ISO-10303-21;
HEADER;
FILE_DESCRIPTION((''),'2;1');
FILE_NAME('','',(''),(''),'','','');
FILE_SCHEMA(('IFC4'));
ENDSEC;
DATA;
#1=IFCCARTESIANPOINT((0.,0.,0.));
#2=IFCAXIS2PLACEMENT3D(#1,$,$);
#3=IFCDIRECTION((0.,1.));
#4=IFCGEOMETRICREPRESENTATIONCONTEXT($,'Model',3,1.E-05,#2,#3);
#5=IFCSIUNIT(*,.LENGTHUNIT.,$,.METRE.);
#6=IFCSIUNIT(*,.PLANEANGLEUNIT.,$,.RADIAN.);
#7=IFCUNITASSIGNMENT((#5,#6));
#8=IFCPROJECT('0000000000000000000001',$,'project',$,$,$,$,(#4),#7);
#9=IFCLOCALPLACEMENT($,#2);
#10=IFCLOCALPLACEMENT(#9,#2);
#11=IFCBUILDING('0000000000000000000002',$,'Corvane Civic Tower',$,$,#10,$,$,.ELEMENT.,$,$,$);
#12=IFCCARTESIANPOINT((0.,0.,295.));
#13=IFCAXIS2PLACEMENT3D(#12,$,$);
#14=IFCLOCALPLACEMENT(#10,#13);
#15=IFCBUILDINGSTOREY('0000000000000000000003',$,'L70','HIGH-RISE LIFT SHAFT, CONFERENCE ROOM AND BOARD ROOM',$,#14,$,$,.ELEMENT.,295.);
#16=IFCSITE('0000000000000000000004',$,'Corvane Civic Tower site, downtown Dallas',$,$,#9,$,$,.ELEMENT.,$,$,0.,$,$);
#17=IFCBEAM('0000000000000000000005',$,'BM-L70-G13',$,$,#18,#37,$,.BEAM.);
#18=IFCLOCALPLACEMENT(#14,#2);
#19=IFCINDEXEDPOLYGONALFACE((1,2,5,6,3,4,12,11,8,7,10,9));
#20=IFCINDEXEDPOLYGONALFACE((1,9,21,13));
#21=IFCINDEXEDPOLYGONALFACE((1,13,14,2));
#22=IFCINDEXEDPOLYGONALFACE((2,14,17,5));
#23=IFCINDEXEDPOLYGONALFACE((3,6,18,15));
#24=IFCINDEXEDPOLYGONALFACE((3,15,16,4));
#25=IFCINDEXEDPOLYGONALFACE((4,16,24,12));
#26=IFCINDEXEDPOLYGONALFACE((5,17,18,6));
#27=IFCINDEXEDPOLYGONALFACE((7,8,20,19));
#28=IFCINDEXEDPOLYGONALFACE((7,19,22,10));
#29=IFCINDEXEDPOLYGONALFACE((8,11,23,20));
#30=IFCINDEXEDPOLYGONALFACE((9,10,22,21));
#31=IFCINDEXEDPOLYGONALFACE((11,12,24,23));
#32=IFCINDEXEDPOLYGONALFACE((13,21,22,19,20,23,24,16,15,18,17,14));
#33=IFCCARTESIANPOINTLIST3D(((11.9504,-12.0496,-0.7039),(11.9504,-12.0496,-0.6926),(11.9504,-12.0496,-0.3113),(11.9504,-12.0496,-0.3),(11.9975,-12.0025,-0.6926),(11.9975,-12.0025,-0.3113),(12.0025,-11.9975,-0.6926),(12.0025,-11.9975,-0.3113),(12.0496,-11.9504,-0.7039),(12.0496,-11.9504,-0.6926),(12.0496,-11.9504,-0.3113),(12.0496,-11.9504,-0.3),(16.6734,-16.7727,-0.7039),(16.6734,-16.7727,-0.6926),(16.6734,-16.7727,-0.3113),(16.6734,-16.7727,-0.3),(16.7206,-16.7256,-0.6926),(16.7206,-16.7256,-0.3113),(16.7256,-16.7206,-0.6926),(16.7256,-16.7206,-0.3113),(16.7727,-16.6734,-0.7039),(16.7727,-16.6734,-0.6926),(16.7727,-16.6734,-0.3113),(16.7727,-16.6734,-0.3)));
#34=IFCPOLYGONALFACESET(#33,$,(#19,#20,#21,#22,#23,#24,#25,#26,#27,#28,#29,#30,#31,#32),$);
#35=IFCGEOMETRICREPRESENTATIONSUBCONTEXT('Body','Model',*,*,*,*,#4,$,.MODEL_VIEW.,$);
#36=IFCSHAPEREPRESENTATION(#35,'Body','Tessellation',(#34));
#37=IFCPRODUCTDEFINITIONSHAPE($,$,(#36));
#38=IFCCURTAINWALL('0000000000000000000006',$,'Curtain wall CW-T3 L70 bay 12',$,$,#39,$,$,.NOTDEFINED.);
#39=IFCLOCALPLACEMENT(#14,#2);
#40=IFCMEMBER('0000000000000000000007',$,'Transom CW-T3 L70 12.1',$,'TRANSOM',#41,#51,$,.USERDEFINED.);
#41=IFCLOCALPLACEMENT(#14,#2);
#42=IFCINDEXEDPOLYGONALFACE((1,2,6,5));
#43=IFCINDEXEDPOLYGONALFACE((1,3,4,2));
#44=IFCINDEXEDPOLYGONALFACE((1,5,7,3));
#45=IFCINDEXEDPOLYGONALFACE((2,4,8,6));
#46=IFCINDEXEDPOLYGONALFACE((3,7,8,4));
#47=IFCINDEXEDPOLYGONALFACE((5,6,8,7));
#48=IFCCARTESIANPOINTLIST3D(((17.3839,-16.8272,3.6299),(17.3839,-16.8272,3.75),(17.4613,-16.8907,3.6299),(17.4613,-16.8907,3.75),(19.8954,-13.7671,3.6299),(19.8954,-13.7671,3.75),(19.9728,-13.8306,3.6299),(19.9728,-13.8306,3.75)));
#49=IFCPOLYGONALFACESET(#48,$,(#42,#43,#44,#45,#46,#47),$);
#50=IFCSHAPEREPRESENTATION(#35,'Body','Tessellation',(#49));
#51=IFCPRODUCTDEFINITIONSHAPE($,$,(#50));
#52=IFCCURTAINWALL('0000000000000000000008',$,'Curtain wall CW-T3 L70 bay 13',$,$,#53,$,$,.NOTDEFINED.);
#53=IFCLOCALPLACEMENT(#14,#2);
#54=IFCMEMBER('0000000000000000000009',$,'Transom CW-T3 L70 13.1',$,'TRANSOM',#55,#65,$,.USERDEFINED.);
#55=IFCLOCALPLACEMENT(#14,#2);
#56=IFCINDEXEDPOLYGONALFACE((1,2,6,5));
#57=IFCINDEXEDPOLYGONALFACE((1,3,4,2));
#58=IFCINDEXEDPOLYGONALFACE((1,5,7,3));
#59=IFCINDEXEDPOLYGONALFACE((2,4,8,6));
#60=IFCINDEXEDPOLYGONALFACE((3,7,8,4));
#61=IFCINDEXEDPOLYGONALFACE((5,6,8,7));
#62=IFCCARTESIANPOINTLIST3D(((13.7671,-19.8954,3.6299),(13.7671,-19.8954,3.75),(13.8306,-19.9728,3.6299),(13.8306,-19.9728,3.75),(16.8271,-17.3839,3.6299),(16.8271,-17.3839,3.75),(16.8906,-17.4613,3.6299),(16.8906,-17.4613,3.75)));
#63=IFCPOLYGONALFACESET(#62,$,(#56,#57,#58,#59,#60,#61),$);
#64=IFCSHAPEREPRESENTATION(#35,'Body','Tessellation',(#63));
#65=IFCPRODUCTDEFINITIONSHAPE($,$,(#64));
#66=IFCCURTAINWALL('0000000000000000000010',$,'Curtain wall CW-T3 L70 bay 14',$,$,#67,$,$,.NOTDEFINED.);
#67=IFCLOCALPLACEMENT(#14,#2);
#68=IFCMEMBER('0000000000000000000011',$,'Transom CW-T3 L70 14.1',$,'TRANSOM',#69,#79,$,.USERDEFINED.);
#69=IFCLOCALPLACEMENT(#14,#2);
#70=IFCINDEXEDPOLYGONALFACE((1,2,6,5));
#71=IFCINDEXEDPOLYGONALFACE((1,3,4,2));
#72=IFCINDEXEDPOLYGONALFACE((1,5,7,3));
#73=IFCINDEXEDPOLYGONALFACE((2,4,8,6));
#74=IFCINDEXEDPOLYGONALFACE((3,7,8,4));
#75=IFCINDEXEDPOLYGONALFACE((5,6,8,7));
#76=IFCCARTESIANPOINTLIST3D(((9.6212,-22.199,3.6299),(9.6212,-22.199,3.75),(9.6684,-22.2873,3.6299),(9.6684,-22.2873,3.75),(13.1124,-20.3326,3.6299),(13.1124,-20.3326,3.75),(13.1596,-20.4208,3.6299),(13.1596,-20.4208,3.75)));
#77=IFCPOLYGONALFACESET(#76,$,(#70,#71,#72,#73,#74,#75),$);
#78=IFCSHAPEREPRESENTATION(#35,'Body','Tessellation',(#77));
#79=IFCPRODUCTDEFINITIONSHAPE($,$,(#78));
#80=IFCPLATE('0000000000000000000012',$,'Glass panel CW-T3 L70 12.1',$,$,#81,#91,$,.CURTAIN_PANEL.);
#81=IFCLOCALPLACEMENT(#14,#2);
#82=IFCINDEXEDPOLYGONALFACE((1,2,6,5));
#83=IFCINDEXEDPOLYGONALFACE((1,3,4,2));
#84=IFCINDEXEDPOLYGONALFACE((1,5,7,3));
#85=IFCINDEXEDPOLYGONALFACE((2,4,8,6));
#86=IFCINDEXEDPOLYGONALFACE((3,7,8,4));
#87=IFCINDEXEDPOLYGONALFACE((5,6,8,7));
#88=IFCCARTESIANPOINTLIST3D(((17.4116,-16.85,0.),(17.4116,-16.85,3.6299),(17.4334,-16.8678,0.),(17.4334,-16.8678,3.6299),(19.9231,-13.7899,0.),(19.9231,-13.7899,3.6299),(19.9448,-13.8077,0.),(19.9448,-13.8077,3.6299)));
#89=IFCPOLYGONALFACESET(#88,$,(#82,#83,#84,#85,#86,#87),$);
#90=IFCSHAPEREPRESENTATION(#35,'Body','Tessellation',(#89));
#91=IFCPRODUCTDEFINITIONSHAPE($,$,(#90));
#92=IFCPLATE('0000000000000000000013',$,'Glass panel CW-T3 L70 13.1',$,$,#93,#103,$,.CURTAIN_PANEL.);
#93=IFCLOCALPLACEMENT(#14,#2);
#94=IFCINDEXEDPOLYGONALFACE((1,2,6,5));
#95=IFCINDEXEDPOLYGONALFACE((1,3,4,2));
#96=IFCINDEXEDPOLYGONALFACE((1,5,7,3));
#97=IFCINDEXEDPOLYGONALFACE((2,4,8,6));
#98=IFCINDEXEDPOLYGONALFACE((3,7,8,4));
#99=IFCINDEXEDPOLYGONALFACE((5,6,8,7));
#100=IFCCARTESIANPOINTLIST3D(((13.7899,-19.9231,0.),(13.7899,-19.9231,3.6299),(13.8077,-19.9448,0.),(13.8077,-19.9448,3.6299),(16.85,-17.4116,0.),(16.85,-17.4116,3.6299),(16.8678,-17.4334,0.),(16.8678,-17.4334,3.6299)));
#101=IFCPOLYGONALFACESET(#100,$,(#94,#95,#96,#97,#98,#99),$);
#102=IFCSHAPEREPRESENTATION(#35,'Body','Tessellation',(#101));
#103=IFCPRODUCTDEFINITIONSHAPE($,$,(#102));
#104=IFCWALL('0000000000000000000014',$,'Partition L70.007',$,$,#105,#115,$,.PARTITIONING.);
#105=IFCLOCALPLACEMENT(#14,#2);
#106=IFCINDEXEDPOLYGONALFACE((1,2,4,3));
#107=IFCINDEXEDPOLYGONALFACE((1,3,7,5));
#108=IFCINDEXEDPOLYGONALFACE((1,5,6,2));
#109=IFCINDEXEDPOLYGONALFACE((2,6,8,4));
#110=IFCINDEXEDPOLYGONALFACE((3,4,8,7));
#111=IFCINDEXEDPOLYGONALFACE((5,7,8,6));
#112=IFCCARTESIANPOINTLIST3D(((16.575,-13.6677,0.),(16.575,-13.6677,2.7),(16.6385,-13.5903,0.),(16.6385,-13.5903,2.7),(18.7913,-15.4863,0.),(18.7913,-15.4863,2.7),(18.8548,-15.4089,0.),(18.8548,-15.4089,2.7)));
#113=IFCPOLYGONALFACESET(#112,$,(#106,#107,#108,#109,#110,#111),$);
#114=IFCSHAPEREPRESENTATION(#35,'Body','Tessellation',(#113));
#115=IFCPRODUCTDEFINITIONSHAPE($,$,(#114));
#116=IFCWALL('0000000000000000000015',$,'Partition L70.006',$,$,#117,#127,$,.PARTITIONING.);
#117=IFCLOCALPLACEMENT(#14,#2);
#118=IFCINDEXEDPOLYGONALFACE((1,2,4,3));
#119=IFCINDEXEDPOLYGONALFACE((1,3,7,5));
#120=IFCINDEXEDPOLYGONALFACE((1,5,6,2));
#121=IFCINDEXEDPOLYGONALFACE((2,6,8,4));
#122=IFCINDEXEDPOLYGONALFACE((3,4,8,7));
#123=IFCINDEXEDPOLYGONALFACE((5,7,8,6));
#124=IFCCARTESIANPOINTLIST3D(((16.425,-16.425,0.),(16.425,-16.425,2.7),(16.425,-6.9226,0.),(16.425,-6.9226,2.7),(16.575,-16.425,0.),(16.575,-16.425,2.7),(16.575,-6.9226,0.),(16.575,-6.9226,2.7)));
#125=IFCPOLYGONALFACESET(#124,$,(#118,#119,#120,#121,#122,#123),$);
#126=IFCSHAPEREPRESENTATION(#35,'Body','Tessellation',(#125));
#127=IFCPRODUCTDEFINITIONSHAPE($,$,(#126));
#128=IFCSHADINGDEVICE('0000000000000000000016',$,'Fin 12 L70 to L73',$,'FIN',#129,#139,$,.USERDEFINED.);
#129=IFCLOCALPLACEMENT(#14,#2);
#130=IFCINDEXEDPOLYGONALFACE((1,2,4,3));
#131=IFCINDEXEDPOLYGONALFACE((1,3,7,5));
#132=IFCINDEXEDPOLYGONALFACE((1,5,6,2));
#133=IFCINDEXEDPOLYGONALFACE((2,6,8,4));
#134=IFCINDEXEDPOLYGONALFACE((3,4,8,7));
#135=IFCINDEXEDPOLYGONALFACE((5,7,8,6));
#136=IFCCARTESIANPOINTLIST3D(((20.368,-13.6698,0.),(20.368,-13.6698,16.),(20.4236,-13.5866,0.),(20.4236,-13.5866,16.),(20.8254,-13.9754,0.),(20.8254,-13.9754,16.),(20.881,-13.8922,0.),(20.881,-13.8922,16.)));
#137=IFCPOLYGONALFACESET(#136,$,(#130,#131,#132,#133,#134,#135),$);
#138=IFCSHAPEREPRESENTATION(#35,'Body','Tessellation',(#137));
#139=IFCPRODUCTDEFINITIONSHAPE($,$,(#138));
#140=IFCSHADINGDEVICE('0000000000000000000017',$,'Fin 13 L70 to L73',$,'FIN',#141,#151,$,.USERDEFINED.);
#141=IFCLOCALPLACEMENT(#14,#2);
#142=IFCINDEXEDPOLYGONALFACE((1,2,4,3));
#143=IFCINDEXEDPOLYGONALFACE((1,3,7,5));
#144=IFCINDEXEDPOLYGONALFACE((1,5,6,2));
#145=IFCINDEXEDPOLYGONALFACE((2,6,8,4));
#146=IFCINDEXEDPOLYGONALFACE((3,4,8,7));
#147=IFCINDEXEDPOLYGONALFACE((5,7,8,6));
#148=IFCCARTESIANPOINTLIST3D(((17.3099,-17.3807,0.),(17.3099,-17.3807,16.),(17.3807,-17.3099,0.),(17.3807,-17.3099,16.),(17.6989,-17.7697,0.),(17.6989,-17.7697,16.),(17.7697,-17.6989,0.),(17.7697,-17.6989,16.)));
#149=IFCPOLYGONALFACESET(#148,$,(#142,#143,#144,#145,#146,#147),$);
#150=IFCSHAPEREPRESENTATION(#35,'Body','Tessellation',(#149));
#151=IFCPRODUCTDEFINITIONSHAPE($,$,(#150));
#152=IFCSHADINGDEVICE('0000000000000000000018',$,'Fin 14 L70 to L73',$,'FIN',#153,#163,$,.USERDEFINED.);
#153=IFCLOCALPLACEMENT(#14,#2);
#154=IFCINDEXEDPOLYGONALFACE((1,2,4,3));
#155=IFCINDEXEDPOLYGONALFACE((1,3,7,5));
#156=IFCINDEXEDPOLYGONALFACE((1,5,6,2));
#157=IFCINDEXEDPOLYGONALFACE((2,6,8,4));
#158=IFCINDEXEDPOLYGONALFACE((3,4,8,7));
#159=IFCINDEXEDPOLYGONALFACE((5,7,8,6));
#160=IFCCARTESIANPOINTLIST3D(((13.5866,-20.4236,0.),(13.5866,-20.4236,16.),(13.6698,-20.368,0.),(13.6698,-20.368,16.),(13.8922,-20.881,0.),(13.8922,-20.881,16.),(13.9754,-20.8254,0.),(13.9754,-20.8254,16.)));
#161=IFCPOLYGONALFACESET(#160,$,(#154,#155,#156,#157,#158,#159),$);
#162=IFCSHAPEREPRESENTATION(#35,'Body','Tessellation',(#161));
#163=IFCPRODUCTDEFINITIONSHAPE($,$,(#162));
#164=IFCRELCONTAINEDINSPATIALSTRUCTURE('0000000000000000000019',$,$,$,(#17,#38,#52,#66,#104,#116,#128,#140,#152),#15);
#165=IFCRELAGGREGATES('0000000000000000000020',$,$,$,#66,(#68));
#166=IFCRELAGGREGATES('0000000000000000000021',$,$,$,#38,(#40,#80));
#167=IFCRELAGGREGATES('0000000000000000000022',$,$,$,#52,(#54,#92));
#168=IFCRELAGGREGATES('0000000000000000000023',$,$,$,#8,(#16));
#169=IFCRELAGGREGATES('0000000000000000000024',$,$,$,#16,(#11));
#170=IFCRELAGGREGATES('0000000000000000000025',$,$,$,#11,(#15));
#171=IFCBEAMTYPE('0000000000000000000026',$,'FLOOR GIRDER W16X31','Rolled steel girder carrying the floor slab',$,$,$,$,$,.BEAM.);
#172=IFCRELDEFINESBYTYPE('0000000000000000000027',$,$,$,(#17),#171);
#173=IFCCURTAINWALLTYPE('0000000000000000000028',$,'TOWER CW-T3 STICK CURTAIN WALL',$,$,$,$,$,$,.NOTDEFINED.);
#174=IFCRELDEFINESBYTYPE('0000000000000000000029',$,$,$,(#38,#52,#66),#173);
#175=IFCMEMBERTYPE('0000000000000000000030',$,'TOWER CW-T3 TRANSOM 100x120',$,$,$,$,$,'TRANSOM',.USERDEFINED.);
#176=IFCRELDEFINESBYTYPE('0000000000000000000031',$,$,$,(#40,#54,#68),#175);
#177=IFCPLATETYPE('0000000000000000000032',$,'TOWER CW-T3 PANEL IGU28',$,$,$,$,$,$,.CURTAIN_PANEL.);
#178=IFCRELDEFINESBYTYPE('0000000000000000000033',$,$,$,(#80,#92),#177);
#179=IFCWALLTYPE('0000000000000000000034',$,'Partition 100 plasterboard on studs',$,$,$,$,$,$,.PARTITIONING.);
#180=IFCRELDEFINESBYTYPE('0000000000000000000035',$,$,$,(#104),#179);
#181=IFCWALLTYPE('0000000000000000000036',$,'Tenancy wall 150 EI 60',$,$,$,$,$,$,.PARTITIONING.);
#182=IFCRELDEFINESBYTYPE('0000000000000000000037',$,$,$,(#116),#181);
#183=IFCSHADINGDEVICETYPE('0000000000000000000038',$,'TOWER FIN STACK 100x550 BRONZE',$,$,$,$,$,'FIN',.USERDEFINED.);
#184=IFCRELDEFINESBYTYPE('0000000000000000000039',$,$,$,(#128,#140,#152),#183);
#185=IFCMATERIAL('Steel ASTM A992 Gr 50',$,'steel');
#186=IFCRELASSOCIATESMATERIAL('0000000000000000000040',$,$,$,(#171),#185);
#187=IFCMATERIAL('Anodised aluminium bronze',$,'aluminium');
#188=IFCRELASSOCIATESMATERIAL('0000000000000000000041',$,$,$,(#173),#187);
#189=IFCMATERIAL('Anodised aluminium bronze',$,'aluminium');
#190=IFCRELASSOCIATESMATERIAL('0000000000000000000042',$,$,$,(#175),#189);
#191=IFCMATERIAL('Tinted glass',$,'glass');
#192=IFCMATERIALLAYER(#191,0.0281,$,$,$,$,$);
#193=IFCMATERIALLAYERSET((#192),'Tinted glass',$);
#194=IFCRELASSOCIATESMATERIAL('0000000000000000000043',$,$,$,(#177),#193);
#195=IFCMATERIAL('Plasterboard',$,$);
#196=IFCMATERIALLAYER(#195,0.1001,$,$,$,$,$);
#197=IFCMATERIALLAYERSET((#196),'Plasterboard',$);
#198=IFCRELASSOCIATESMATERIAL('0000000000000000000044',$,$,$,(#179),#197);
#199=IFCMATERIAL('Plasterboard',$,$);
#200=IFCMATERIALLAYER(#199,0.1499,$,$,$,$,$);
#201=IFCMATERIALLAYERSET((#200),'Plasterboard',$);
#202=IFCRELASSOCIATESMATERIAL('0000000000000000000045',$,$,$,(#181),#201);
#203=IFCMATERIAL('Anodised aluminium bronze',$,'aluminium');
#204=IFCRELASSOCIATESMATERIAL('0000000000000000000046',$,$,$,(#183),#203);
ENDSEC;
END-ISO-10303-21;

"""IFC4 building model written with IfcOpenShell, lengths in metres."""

from ifc_helpers import new_model, si_unit, direction, frame, frame_2d, origin, origin_2d, place, context, subcontext, project, spatial, rectangle, i_section, extrude, material, layer, layer_set, material_profile, profile_set, type_object, element, aggregate, save


model = new_model("IFC4")

# Units and contexts
model_context = context("Model", 3, precision=1e-05, world=origin(), true_north=direction((0.0, 1.0)))
body_context = subcontext(model_context, "Body", "Model", "MODEL_VIEW")
ifc_project = project(units=[si_unit("LENGTHUNIT", "METRE"), si_unit("PLANEANGLEUNIT", "RADIAN")], contexts=[model_context])

# Site, building, storey
site_placement = place(None, origin())
site = spatial("IfcSite", under=ifc_project, at=site_placement, Name="Corvane Civic Tower site, downtown Dallas", CompositionType="ELEMENT", RefElevation=0.0)
building_placement = place(site_placement, origin())
building = spatial("IfcBuilding", under=site, at=building_placement, Name="Corvane Civic Tower", CompositionType="ELEMENT")
storey_placement = place(building_placement, frame((0.0, 0.0, 295.0)))
storey = spatial("IfcBuildingStorey", under=building, at=storey_placement, Name="L70", Description="HIGH-RISE LIFT SHAFT, CONFERENCE ROOM AND BOARD ROOM", CompositionType="ELEMENT", Elevation=295.0)

# Beam
ifc_material_1 = material(Name="Steel ASTM A992 Gr 50", Category="steel")
ifc_material_profile_1 = material_profile(ifc_material_1, i_section(OverallWidth=0.1404, OverallDepth=0.4038, WebThickness=0.0071, FlangeThickness=0.0112, at=origin_2d()), Name="W16X31")
ifc_profile_set_1 = profile_set([ifc_material_profile_1], Name="Steel ASTM A992 Gr 50")
beam_type_1 = type_object("IfcBeamType", Name="FLOOR GIRDER W16X31", Description="Rolled steel girder carrying the floor slab", PredefinedType="BEAM", material=ifc_profile_set_1)
beam_1_placement = place(storey_placement, frame((12.0, -12.0, -0.502), z_axis=(0.707107, -0.707107, 0.0), x_axis=(0.707107, 0.707107, 0.0)))
element("IfcBeam", 1, at=beam_1_placement, inside=storey, type_object=beam_type_1, Name="BM-L70-G13", PredefinedType="BEAM", context=body_context, shape_type="SweptSolid", body=[
    extrude(i_section(OverallWidth=0.1404, OverallDepth=0.4038, WebThickness=0.0071, FlangeThickness=0.0112, at=origin_2d()), origin(), (0.0, 0.0, 1.0), 6.6794),
])

# Curtain walls, members
ifc_material_2 = material(Name="Anodised aluminium bronze", Category="aluminium")
curtain_wall_type = type_object("IfcCurtainWallType", Name="TOWER CW-T3 STICK CURTAIN WALL", PredefinedType="NOTDEFINED", material=ifc_material_2)
curtain_wall_1_placement = place(storey_placement, origin())
curtain_wall_1 = element("IfcCurtainWall", 2, at=curtain_wall_1_placement, inside=storey, type_object=curtain_wall_type, Name="Curtain wall CW-T3 L70 bay 12", PredefinedType="NOTDEFINED")
ifc_material_3 = material(Name="Anodised aluminium bronze", Category="aluminium")
ifc_material_profile_2 = material_profile(ifc_material_3, rectangle(XDim=0.1001, YDim=0.1201, at=origin_2d()), Name="TOWER CW-T3 TRANSOM 100x120")
ifc_profile_set_2 = profile_set([ifc_material_profile_2], Name="Anodised aluminium bronze")
member_type = type_object("IfcMemberType", Name="TOWER CW-T3 TRANSOM 100x120", ElementType="TRANSOM", PredefinedType="USERDEFINED", material=ifc_profile_set_2)
member_1_placement = place(storey_placement, frame((19.9341, -13.7988, 3.6899), z_axis=(-0.634416, -0.772992, 0.0), x_axis=(0.772992, -0.634416, 0.0)))
member_1 = element("IfcMember", 3, at=member_1_placement, type_object=member_type, Name="Transom CW-T3 L70 12.1", ObjectType="TRANSOM", PredefinedType="USERDEFINED", context=body_context, shape_type="SweptSolid", body=[
    extrude(rectangle(XDim=0.1001, YDim=0.1201, at=origin_2d()), origin(), (0.0, 0.0, 1.0), 3.9587),
])
curtain_wall_2_placement = place(storey_placement, origin())
curtain_wall_2 = element("IfcCurtainWall", 4, at=curtain_wall_2_placement, inside=storey, type_object=curtain_wall_type, Name="Curtain wall CW-T3 L70 bay 13", PredefinedType="NOTDEFINED")
member_2_placement = place(storey_placement, frame((16.8589, -17.4226, 3.6899), z_axis=(-0.772992, -0.634416, 0.0), x_axis=(0.634416, -0.772992, 0.0)))
member_2 = element("IfcMember", 5, at=member_2_placement, type_object=member_type, Name="Transom CW-T3 L70 13.1", ObjectType="TRANSOM", PredefinedType="USERDEFINED", context=body_context, shape_type="SweptSolid", body=[
    extrude(rectangle(XDim=0.1001, YDim=0.1201, at=origin_2d()), origin(), (0.0, 0.0, 1.0), 3.9587),
])
curtain_wall_3_placement = place(storey_placement, origin())
curtain_wall_3 = element("IfcCurtainWall", 6, at=curtain_wall_3_placement, inside=storey, type_object=curtain_wall_type, Name="Curtain wall CW-T3 L70 bay 14", PredefinedType="NOTDEFINED")
member_3_placement = place(storey_placement, frame((13.136, -20.3767, 3.6899), z_axis=(-0.881883, -0.471468, 0.0), x_axis=(0.471468, -0.881883, 0.0)))
member_3 = element("IfcMember", 7, at=member_3_placement, type_object=member_type, Name="Transom CW-T3 L70 14.1", ObjectType="TRANSOM", PredefinedType="USERDEFINED", context=body_context, shape_type="SweptSolid", body=[
    extrude(rectangle(XDim=0.1001, YDim=0.1201, at=origin_2d()), origin(), (0.0, 0.0, 1.0), 3.9587),
])
aggregate(curtain_wall_3, [member_3])

# Plates
ifc_material_4 = material(Name="Tinted glass", Category="glass")
ifc_layer_1 = layer(ifc_material_4, 0.0281)
ifc_layer_set_1 = layer_set([ifc_layer_1], Name="Tinted glass")
plate_type = type_object("IfcPlateType", Name="TOWER CW-T3 PANEL IGU28", PredefinedType="CURTAIN_PANEL", material=ifc_layer_set_1)
plate_1_placement = place(storey_placement, frame((18.6782, -15.3289, 0.0), z_axis=(0.0, 0.0, 1.0), x_axis=(-0.634405, -0.773001, 0.0)))
plate_1 = element("IfcPlate", 8, at=plate_1_placement, type_object=plate_type, Name="Glass panel CW-T3 L70 12.1", PredefinedType="CURTAIN_PANEL", context=body_context, shape_type="SweptSolid", body=[
    extrude(rectangle(XDim=3.9587, YDim=0.0281, at=origin_2d()), origin(), (0.0, 0.0, 1.0), 3.6299),
])
aggregate(curtain_wall_1, [member_1, plate_1])
plate_2_placement = place(storey_placement, frame((15.3289, -18.6782, 0.0), z_axis=(0.0, 0.0, 1.0), x_axis=(-0.773001, -0.634405, 0.0)))
plate_2 = element("IfcPlate", 9, at=plate_2_placement, type_object=plate_type, Name="Glass panel CW-T3 L70 13.1", PredefinedType="CURTAIN_PANEL", context=body_context, shape_type="SweptSolid", body=[
    extrude(rectangle(XDim=3.9587, YDim=0.0281, at=origin_2d()), origin(), (0.0, 0.0, 1.0), 3.6299),
])
aggregate(curtain_wall_2, [member_2, plate_2])

# Walls
ifc_material_5 = material(Name="Plasterboard")
ifc_layer_2 = layer(ifc_material_5, 0.1001)
ifc_layer_set_2 = layer_set([ifc_layer_2], Name="Plasterboard")
wall_type_1 = type_object("IfcWallType", Name="Partition 100 plasterboard on studs", PredefinedType="PARTITIONING", material=ifc_layer_set_2)
wall_1_placement = place(storey_placement, frame((16.6067, -13.6289, 0.0), z_axis=(0.0, 0.0, 1.0), x_axis=(0.773057, -0.634336, 0.0)))
element("IfcWall", 10, at=wall_1_placement, inside=storey, type_object=wall_type_1, Name="Partition L70.007", PredefinedType="PARTITIONING", context=body_context, shape_type="SweptSolid", body=[
    extrude(rectangle(XDim=2.8669, YDim=0.1001, at=frame_2d((1.4336, 0.0))), origin(), (0.0, 0.0, 1.0), 2.7),
])
ifc_material_6 = material(Name="Plasterboard")
ifc_layer_3 = layer(ifc_material_6, 0.1499)
ifc_layer_set_3 = layer_set([ifc_layer_3], Name="Plasterboard")
wall_type_2 = type_object("IfcWallType", Name="Tenancy wall 150 EI 60", PredefinedType="PARTITIONING", material=ifc_layer_set_3)
wall_2_placement = place(storey_placement, frame((16.5, -16.425, 0.0), z_axis=(0.0, 0.0, 1.0), x_axis=(0.0, 1.0, 0.0)))
element("IfcWall", 11, at=wall_2_placement, inside=storey, type_object=wall_type_2, Name="Partition L70.006", PredefinedType="PARTITIONING", context=body_context, shape_type="SweptSolid", body=[
    extrude(rectangle(XDim=9.5024, YDim=0.1499, at=frame_2d((4.7512, 0.0))), origin(), (0.0, 0.0, 1.0), 2.7),
])

# Shading devices
ifc_material_7 = material(Name="Anodised aluminium bronze", Category="aluminium")
ifc_material_profile_3 = material_profile(ifc_material_7, rectangle(XDim=0.1001, YDim=0.55, at=origin_2d()), Name="TOWER FIN STACK 100x550 BRONZE")
ifc_profile_set_3 = profile_set([ifc_material_profile_3], Name="Anodised aluminium bronze")
shading_device_type = type_object("IfcShadingDeviceType", Name="TOWER FIN STACK 100x550 BRONZE", ElementType="FIN", PredefinedType="USERDEFINED", material=ifc_profile_set_3)
for number, where, z_axis, x_axis, name in (
    (12, (20.6245, -13.781, 0.0), (0.0, 0.0, 1.0), (-0.55557, -0.83147, 0.0), "Fin 12 L70 to L73"),
    (13, (17.5398, -17.5398, 0.0), (0.0, 0.0, 1.0), (-0.707107, -0.707107, 0.0), "Fin 13 L70 to L73"),
    (14, (13.781, -20.6245, 0.0), (0.0, 0.0, 1.0), (-0.83147, -0.55557, 0.0), "Fin 14 L70 to L73"),
):
    element("IfcShadingDevice", number, at=place(storey_placement, frame(where, z_axis=z_axis, x_axis=x_axis)), inside=storey, type_object=shading_device_type, Name=name, ObjectType="FIN", PredefinedType="USERDEFINED", context=body_context, shape_type="SweptSolid", body=[
        extrude(rectangle(XDim=0.1001, YDim=0.55, at=origin_2d()), origin(), (0.0, 0.0, 1.0), 16.0),
    ])

save(model, "model.ifc")
